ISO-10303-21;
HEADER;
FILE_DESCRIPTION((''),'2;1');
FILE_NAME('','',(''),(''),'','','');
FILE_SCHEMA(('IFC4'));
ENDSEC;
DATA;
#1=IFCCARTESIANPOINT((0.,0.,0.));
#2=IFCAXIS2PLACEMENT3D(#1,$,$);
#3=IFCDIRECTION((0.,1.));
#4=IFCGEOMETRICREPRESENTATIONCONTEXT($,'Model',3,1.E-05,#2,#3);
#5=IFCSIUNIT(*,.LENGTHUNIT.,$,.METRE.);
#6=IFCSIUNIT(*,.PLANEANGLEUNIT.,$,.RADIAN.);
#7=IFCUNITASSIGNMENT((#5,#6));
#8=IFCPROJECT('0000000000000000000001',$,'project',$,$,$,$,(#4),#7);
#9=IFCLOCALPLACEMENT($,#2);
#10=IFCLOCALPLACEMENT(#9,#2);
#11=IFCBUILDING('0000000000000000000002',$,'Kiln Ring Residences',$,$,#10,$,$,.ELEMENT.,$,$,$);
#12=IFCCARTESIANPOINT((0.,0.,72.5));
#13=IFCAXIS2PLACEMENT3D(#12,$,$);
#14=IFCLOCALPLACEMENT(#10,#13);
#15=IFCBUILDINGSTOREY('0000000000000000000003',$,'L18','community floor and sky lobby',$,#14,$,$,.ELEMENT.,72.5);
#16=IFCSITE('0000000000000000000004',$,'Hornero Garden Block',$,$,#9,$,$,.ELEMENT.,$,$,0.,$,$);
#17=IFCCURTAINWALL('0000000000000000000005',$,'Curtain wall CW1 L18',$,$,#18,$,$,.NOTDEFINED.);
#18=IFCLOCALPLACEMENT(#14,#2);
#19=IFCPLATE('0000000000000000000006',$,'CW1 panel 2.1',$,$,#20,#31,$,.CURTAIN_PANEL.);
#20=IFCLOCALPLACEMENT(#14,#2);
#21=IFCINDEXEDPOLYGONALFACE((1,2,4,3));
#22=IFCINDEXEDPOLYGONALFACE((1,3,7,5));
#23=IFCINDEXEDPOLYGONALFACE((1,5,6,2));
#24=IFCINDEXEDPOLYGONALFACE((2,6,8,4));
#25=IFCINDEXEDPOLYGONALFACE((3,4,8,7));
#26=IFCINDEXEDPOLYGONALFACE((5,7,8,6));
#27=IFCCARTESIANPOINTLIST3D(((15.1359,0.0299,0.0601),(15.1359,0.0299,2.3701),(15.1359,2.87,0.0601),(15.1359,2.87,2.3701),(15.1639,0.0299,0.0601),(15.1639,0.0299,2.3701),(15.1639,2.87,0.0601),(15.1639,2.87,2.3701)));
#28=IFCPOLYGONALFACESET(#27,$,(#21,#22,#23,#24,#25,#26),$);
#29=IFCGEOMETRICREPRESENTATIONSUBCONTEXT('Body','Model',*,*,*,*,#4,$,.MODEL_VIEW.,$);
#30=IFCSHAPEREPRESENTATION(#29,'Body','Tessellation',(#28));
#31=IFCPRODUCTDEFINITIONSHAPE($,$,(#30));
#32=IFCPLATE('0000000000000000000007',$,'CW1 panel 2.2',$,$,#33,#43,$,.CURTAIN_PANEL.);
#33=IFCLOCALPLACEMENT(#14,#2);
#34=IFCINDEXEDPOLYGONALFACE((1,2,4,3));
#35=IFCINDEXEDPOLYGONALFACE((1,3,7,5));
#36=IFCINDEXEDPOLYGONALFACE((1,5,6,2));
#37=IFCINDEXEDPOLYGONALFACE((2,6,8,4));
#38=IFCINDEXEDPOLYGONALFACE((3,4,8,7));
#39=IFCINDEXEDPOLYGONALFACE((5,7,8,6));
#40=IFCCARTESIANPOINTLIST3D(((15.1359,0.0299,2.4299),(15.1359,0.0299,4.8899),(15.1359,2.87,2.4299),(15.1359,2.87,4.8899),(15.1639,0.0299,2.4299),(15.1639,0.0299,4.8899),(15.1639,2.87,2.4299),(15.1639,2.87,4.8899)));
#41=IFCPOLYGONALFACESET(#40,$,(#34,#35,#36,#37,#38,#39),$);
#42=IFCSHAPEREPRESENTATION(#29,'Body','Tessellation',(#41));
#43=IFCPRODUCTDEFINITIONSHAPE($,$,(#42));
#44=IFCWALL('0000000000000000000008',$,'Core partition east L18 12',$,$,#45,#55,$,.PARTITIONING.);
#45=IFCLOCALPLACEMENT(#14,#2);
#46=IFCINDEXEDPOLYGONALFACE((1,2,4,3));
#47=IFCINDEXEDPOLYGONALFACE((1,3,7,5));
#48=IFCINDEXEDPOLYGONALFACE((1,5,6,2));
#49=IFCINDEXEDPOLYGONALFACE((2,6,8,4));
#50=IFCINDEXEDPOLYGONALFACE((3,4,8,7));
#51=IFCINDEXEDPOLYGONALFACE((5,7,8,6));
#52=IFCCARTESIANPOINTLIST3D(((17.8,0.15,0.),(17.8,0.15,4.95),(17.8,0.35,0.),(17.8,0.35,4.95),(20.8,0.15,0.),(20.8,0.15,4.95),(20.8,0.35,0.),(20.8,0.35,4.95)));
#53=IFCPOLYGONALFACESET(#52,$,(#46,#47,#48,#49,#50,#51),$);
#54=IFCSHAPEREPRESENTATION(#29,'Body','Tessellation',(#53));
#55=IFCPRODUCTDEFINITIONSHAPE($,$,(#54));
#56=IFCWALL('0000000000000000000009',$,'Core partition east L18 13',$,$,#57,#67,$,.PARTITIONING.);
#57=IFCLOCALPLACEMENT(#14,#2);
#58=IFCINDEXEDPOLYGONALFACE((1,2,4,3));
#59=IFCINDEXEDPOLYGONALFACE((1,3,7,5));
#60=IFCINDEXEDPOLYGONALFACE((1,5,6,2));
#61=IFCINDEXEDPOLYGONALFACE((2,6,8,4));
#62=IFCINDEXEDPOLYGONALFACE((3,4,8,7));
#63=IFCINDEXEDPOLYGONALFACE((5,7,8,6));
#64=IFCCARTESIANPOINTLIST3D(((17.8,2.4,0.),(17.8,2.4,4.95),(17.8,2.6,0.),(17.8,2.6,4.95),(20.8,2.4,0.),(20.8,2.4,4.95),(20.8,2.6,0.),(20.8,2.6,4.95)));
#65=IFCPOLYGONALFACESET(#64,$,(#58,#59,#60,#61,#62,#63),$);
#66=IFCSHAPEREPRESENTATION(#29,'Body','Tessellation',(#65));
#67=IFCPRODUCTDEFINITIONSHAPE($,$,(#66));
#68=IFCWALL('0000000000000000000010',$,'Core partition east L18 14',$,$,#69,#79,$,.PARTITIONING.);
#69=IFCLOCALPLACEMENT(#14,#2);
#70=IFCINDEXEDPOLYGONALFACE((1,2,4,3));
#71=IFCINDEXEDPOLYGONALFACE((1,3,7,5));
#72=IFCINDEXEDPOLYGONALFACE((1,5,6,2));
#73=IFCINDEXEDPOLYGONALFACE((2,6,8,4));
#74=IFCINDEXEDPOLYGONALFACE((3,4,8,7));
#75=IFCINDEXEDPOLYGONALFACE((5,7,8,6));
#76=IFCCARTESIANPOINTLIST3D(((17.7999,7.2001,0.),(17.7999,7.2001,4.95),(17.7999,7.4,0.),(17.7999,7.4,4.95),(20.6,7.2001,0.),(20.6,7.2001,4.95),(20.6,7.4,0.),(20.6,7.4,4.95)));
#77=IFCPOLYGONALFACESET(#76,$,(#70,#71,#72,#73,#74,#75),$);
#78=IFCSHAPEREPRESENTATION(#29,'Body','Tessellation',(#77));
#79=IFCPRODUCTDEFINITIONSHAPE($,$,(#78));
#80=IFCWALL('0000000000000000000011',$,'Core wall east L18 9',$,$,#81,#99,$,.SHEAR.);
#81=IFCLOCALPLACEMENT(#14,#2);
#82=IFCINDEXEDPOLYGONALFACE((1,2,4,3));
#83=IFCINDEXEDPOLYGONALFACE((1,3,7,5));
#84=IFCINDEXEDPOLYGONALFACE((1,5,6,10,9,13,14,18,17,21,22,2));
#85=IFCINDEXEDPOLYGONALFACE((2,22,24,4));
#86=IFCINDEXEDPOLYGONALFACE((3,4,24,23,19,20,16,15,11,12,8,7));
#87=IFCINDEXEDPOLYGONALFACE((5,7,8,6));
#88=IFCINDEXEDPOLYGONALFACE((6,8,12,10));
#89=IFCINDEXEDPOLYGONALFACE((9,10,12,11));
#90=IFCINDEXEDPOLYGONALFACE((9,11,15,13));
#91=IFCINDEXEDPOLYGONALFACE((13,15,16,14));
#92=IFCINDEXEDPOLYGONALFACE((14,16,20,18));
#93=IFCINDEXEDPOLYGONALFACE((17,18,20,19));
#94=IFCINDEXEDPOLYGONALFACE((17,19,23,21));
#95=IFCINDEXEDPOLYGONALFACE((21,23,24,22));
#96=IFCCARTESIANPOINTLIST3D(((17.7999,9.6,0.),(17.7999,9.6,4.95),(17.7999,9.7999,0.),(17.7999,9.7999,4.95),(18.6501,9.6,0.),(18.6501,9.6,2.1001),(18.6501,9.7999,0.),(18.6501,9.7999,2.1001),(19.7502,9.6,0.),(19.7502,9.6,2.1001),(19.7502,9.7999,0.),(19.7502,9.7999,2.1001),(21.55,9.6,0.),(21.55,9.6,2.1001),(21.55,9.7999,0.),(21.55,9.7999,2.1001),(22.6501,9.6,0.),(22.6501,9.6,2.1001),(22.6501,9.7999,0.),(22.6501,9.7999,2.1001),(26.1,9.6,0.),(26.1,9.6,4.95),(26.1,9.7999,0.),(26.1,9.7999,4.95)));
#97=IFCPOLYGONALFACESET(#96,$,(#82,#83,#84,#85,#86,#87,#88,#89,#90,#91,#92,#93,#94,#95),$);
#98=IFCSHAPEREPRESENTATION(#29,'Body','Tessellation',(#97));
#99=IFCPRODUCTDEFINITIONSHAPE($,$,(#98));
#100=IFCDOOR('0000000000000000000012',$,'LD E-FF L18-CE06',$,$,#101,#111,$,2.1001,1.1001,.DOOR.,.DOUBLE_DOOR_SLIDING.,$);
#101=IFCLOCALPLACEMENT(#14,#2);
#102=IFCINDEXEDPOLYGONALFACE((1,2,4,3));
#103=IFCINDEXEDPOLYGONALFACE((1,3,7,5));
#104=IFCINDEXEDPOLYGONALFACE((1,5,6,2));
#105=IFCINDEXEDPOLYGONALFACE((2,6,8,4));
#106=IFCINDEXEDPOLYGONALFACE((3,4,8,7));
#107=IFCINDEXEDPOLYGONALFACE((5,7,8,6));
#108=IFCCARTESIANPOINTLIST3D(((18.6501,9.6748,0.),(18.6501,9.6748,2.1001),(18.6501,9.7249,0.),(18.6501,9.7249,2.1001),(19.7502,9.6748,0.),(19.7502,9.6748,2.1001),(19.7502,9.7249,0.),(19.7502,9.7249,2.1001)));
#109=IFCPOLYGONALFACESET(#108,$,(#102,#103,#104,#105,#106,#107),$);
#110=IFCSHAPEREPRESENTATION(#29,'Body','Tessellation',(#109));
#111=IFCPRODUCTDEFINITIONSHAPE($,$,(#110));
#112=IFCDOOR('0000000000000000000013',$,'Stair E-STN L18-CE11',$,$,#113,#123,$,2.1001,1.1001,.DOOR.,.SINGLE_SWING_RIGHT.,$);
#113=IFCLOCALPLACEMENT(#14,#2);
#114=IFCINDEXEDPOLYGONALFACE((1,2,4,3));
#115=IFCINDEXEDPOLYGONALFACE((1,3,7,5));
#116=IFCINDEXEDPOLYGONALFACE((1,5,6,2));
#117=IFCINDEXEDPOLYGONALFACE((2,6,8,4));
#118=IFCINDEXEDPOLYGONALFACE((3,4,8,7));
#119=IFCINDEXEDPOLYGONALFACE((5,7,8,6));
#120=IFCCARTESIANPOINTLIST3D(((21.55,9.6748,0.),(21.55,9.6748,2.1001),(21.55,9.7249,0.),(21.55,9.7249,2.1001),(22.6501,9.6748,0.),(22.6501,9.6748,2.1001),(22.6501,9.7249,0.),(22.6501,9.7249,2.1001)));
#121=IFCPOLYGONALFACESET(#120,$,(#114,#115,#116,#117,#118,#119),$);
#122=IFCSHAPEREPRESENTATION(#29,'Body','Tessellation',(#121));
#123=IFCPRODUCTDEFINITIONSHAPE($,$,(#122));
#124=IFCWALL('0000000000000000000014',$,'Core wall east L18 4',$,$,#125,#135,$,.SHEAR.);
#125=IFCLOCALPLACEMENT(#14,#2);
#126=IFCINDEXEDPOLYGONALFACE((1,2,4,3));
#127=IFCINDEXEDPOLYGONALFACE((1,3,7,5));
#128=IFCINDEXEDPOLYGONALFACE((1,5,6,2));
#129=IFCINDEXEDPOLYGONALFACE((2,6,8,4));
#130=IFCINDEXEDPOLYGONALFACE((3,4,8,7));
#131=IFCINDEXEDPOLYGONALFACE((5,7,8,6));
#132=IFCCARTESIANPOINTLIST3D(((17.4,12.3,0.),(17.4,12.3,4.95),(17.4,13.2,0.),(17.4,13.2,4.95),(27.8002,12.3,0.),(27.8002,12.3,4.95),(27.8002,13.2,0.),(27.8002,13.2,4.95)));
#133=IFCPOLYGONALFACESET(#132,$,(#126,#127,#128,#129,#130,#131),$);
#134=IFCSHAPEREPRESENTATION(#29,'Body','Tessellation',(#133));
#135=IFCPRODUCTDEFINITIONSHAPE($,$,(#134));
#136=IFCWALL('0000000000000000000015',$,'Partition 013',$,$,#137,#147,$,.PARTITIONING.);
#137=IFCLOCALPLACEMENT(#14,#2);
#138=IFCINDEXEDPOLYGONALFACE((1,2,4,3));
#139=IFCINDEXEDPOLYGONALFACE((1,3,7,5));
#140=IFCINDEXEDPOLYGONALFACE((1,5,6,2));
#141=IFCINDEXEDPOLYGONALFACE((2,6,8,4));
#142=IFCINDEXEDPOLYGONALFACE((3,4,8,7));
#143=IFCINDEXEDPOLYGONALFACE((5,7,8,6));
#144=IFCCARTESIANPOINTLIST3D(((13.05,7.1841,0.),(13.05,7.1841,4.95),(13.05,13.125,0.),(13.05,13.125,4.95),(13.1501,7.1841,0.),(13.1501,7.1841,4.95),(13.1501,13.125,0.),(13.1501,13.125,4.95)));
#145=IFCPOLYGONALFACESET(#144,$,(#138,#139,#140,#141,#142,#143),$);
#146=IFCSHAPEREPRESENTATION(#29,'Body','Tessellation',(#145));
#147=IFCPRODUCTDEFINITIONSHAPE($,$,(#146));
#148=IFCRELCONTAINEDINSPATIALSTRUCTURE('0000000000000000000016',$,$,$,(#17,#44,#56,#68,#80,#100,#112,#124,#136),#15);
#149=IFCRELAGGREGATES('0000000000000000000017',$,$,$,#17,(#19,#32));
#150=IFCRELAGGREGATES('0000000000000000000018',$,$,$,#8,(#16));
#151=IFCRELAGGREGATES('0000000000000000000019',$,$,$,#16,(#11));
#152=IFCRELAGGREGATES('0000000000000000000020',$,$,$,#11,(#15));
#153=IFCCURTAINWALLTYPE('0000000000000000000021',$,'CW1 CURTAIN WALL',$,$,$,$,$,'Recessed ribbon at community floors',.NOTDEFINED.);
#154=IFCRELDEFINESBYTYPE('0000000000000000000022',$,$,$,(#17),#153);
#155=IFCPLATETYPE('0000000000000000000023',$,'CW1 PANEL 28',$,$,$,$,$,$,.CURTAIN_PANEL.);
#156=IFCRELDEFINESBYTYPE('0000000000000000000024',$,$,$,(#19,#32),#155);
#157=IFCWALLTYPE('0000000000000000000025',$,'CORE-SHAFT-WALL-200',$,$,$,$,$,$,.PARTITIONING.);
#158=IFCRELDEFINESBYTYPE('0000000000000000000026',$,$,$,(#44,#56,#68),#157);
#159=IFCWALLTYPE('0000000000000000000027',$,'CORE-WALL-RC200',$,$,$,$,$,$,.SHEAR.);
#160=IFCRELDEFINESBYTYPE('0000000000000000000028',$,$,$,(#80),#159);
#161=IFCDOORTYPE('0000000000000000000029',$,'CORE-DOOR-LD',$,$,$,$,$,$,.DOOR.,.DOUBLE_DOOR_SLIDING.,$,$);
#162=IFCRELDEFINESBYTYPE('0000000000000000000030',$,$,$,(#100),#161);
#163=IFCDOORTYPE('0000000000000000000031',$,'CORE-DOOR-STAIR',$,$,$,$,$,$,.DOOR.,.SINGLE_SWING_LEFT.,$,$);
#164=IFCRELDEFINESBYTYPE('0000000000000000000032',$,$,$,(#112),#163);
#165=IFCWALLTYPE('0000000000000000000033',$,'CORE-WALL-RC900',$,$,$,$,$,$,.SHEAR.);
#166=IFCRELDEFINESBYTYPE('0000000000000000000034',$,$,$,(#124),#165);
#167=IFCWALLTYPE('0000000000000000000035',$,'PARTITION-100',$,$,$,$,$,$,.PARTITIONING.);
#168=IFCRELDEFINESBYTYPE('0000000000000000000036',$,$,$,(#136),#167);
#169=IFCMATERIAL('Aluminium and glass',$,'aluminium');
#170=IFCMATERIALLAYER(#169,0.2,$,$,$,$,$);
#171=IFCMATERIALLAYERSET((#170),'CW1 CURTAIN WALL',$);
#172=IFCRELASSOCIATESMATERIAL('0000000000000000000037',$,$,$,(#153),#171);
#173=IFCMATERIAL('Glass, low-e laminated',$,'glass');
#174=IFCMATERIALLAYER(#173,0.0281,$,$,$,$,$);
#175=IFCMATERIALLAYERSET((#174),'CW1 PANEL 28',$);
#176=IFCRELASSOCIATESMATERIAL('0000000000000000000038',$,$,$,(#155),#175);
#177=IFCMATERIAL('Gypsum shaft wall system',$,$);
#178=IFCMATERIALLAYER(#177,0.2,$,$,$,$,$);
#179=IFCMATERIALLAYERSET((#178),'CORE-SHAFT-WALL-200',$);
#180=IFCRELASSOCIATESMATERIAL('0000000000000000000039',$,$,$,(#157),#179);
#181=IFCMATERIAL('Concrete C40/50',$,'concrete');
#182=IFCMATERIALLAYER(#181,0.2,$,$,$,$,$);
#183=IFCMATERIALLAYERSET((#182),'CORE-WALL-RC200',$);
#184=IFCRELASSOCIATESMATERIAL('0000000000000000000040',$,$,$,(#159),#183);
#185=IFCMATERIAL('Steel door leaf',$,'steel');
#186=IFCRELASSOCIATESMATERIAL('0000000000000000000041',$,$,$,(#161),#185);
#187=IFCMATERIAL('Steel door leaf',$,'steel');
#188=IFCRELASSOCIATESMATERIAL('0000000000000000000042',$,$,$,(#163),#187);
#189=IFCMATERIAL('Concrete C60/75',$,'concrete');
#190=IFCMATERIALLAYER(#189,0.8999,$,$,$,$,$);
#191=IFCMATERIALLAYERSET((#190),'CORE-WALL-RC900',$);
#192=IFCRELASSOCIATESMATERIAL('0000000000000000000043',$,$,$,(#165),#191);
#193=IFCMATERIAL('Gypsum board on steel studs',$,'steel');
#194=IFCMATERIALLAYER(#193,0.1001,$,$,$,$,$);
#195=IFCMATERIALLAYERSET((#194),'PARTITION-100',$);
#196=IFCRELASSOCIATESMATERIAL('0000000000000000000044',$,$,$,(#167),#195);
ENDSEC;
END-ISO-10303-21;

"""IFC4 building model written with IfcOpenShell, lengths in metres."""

from ifc_helpers import new_model, si_unit, direction, frame, frame_2d, origin, origin_2d, place, context, subcontext, project, spatial, rectangle, extrude, material, layer, layer_set, type_object, element, fill, aggregate, save


model = new_model("IFC4")

# Units and contexts
model_context = context("Model", 3, precision=1e-05, world=origin(), true_north=direction((0.0, 1.0)))
body_context = subcontext(model_context, "Body", "Model", "MODEL_VIEW")
ifc_project = project(units=[si_unit("LENGTHUNIT", "METRE"), si_unit("PLANEANGLEUNIT", "RADIAN")], contexts=[model_context])

# Site, building, storey
site_placement = place(None, origin())
site = spatial("IfcSite", under=ifc_project, at=site_placement, Name="Hornero Garden Block", CompositionType="ELEMENT", RefElevation=0.0)
building_placement = place(site_placement, origin())
building = spatial("IfcBuilding", under=site, at=building_placement, Name="Kiln Ring Residences", CompositionType="ELEMENT")
storey_placement = place(building_placement, frame((0.0, 0.0, 72.5)))
storey = spatial("IfcBuildingStorey", under=building, at=storey_placement, Name="L18", Description="community floor and sky lobby", CompositionType="ELEMENT", Elevation=72.5)

# Shared definitions
ifc_material_1 = material(Name="Aluminium and glass", Category="aluminium")
ifc_layer_1 = layer(ifc_material_1, 0.2)
ifc_layer_set_1 = layer_set([ifc_layer_1], Name="CW1 CURTAIN WALL")
curtain_wall_type = type_object("IfcCurtainWallType", Name="CW1 CURTAIN WALL", ElementType="Recessed ribbon at community floors", PredefinedType="NOTDEFINED", material=ifc_layer_set_1)
placement = place(storey_placement, origin())

# Curtain wall
curtain_wall_1 = element("IfcCurtainWall", 1, at=placement, inside=storey, type_object=curtain_wall_type, Name="Curtain wall CW1 L18", PredefinedType="NOTDEFINED")

# Plates
ifc_material_2 = material(Name="Glass, low-e laminated", Category="glass")
ifc_layer_2 = layer(ifc_material_2, 0.0281)
ifc_layer_set_2 = layer_set([ifc_layer_2], Name="CW1 PANEL 28")
plate_type = type_object("IfcPlateType", Name="CW1 PANEL 28", PredefinedType="CURTAIN_PANEL", material=ifc_layer_set_2)
plate_1_placement = place(storey_placement, frame((15.1499, 1.45, 0.0601), z_axis=(0.0, 0.0, 1.0), x_axis=(0.0, -1.0, 0.0)))
plate_1 = element("IfcPlate", 2, at=plate_1_placement, type_object=plate_type, Name="CW1 panel 2.1", PredefinedType="CURTAIN_PANEL", context=body_context, shape_type="SweptSolid", body=[
    extrude(rectangle(XDim=2.8401, YDim=0.0281, at=origin_2d()), origin(), (0.0, 0.0, 1.0), 2.3101),
])
plate_2_placement = place(storey_placement, frame((15.1499, 1.45, 2.4299), z_axis=(0.0, 0.0, 1.0), x_axis=(0.0, -1.0, 0.0)))
plate_2 = element("IfcPlate", 3, at=plate_2_placement, type_object=plate_type, Name="CW1 panel 2.2", PredefinedType="CURTAIN_PANEL", context=body_context, shape_type="SweptSolid", body=[
    extrude(rectangle(XDim=2.8401, YDim=0.0281, at=origin_2d()), origin(), (0.0, 0.0, 1.0), 2.46),
])
aggregate(curtain_wall_1, [plate_1, plate_2])

# Walls
ifc_material_3 = material(Name="Gypsum shaft wall system")
ifc_layer_3 = layer(ifc_material_3, 0.2)
ifc_layer_set_3 = layer_set([ifc_layer_3], Name="CORE-SHAFT-WALL-200")
wall_type_1 = type_object("IfcWallType", Name="CORE-SHAFT-WALL-200", PredefinedType="PARTITIONING", material=ifc_layer_set_3)
for number, where, z_axis, x_axis, name in (
    (4, (17.8, 0.25, 0.0), (0.0, 0.0, 1.0), (1.0, 0.0, 0.0), "Core partition east L18 12"),
    (5, (17.8, 2.5, 0.0), (0.0, 0.0, 1.0), (1.0, 0.0, 0.0), "Core partition east L18 13"),
):
    element("IfcWall", number, at=place(storey_placement, frame(where, z_axis=z_axis, x_axis=x_axis)), inside=storey, type_object=wall_type_1, Name=name, PredefinedType="PARTITIONING", context=body_context, shape_type="SweptSolid", body=[
        extrude(rectangle(XDim=3.0, YDim=0.2, at=frame_2d((1.5, 0.0))), origin(), (0.0, 0.0, 1.0), 4.95),
    ])
wall_1_placement = place(storey_placement, frame((17.8, 7.3, 0.0), z_axis=(0.0, 0.0, 1.0), x_axis=(1.0, 0.0, 0.0)))
element("IfcWall", 6, at=wall_1_placement, inside=storey, type_object=wall_type_1, Name="Core partition east L18 14", PredefinedType="PARTITIONING", context=body_context, shape_type="SweptSolid", body=[
    extrude(rectangle(XDim=2.8, YDim=0.2, at=frame_2d((1.3999, 0.0))), origin(), (0.0, 0.0, 1.0), 4.95),
])

# Wall, openings, doors
ifc_material_4 = material(Name="Concrete C40/50", Category="concrete")
ifc_layer_4 = layer(ifc_material_4, 0.2)
ifc_layer_set_4 = layer_set([ifc_layer_4], Name="CORE-WALL-RC200")
wall_type_2 = type_object("IfcWallType", Name="CORE-WALL-RC200", PredefinedType="SHEAR", material=ifc_layer_set_4)
wall_2_placement = place(storey_placement, frame((17.8, 9.7, 0.0), z_axis=(0.0, 0.0, 1.0), x_axis=(1.0, 0.0, 0.0)))
wall_2 = element("IfcWall", 7, at=wall_2_placement, inside=storey, type_object=wall_type_2, Name="Core wall east L18 9", PredefinedType="SHEAR", context=body_context, shape_type="SweptSolid", body=[
    extrude(rectangle(XDim=8.3, YDim=0.2, at=frame_2d((4.1499, 0.0))), origin(), (0.0, 0.0, 1.0), 4.95),
])
opening_1_placement = place(wall_2_placement, frame((0.8501, 0.0, 0.0)))
opening_1 = element("IfcOpeningElement", 8, at=opening_1_placement, cuts=wall_2, PredefinedType="OPENING", context=body_context, shape_type="SweptSolid", body=[
    extrude(rectangle(XDim=1.1001, YDim=2.1001, at=frame_2d((0.55, 1.05))), frame((0.0, 0.1099, 0.0), z_axis=(0.0, -1.0, 0.0), x_axis=(1.0, 0.0, 0.0)), (0.0, 0.0, 1.0), 0.22),
])
opening_2_placement = place(wall_2_placement, frame((3.75, 0.0, 0.0)))
opening_2 = element("IfcOpeningElement", 9, at=opening_2_placement, cuts=wall_2, PredefinedType="OPENING", context=body_context, shape_type="SweptSolid", body=[
    extrude(rectangle(XDim=1.1001, YDim=2.1001, at=frame_2d((0.55, 1.05))), frame((0.0, 0.1099, 0.0), z_axis=(0.0, -1.0, 0.0), x_axis=(1.0, 0.0, 0.0)), (0.0, 0.0, 1.0), 0.22),
])
ifc_material_5 = material(Name="Steel door leaf", Category="steel")
door_type_1 = type_object("IfcDoorType", Name="CORE-DOOR-LD", OperationType="DOUBLE_DOOR_SLIDING", PredefinedType="DOOR", material=ifc_material_5)
door_1_placement = place(opening_1_placement, origin())
door_1 = element("IfcDoor", 10, at=door_1_placement, inside=storey, type_object=door_type_1, Name="LD E-FF L18-CE06", OperationType="DOUBLE_DOOR_SLIDING", OverallHeight=2.1001, OverallWidth=1.1001, PredefinedType="DOOR", context=body_context, shape_type="SweptSolid", body=[
    extrude(rectangle(XDim=1.1001, YDim=2.1001, at=frame_2d((0.55, 1.05))), frame((0.0, 0.0249, 0.0), z_axis=(0.0, -1.0, 0.0), x_axis=(1.0, 0.0, 0.0)), (0.0, 0.0, 1.0), 0.05),
])
fill(opening_1, door_1)
ifc_material_6 = material(Name="Steel door leaf", Category="steel")
door_type_2 = type_object("IfcDoorType", Name="CORE-DOOR-STAIR", OperationType="SINGLE_SWING_LEFT", PredefinedType="DOOR", material=ifc_material_6)
door_2_placement = place(opening_2_placement, origin())
door_2 = element("IfcDoor", 11, at=door_2_placement, inside=storey, type_object=door_type_2, Name="Stair E-STN L18-CE11", OperationType="SINGLE_SWING_RIGHT", OverallHeight=2.1001, OverallWidth=1.1001, PredefinedType="DOOR", context=body_context, shape_type="SweptSolid", body=[
    extrude(rectangle(XDim=1.1001, YDim=2.1001, at=frame_2d((0.55, 1.05))), frame((0.0, 0.0249, 0.0), z_axis=(0.0, -1.0, 0.0), x_axis=(1.0, 0.0, 0.0)), (0.0, 0.0, 1.0), 0.05),
])
fill(opening_2, door_2)

# Walls
ifc_material_7 = material(Name="Concrete C60/75", Category="concrete")
ifc_layer_5 = layer(ifc_material_7, 0.8999)
ifc_layer_set_5 = layer_set([ifc_layer_5], Name="CORE-WALL-RC900")
wall_type_3 = type_object("IfcWallType", Name="CORE-WALL-RC900", PredefinedType="SHEAR", material=ifc_layer_set_5)
wall_3_placement = place(storey_placement, frame((17.3999, 12.75, 0.0), z_axis=(0.0, 0.0, 1.0), x_axis=(1.0, 0.0, 0.0)))
element("IfcWall", 12, at=wall_3_placement, inside=storey, type_object=wall_type_3, Name="Core wall east L18 4", PredefinedType="SHEAR", context=body_context, shape_type="SweptSolid", body=[
    extrude(rectangle(XDim=10.4001, YDim=0.8999, at=frame_2d((5.2002, 0.0))), origin(), (0.0, 0.0, 1.0), 4.95),
])
ifc_material_8 = material(Name="Gypsum board on steel studs", Category="steel")
ifc_layer_6 = layer(ifc_material_8, 0.1001)
ifc_layer_set_6 = layer_set([ifc_layer_6], Name="PARTITION-100")
wall_type_4 = type_object("IfcWallType", Name="PARTITION-100", PredefinedType="PARTITIONING", material=ifc_layer_set_6)
wall_4_placement = place(storey_placement, frame((13.1001, 7.1841, 0.0), z_axis=(0.0, 0.0, 1.0), x_axis=(0.0, 1.0, 0.0)))
element("IfcWall", 13, at=wall_4_placement, inside=storey, type_object=wall_type_4, Name="Partition 013", PredefinedType="PARTITIONING", context=body_context, shape_type="SweptSolid", body=[
    extrude(rectangle(XDim=5.9409, YDim=0.1001, at=frame_2d((2.9705, 0.0))), origin(), (0.0, 0.0, 1.0), 4.95),
])

save(model, "model.ifc")
